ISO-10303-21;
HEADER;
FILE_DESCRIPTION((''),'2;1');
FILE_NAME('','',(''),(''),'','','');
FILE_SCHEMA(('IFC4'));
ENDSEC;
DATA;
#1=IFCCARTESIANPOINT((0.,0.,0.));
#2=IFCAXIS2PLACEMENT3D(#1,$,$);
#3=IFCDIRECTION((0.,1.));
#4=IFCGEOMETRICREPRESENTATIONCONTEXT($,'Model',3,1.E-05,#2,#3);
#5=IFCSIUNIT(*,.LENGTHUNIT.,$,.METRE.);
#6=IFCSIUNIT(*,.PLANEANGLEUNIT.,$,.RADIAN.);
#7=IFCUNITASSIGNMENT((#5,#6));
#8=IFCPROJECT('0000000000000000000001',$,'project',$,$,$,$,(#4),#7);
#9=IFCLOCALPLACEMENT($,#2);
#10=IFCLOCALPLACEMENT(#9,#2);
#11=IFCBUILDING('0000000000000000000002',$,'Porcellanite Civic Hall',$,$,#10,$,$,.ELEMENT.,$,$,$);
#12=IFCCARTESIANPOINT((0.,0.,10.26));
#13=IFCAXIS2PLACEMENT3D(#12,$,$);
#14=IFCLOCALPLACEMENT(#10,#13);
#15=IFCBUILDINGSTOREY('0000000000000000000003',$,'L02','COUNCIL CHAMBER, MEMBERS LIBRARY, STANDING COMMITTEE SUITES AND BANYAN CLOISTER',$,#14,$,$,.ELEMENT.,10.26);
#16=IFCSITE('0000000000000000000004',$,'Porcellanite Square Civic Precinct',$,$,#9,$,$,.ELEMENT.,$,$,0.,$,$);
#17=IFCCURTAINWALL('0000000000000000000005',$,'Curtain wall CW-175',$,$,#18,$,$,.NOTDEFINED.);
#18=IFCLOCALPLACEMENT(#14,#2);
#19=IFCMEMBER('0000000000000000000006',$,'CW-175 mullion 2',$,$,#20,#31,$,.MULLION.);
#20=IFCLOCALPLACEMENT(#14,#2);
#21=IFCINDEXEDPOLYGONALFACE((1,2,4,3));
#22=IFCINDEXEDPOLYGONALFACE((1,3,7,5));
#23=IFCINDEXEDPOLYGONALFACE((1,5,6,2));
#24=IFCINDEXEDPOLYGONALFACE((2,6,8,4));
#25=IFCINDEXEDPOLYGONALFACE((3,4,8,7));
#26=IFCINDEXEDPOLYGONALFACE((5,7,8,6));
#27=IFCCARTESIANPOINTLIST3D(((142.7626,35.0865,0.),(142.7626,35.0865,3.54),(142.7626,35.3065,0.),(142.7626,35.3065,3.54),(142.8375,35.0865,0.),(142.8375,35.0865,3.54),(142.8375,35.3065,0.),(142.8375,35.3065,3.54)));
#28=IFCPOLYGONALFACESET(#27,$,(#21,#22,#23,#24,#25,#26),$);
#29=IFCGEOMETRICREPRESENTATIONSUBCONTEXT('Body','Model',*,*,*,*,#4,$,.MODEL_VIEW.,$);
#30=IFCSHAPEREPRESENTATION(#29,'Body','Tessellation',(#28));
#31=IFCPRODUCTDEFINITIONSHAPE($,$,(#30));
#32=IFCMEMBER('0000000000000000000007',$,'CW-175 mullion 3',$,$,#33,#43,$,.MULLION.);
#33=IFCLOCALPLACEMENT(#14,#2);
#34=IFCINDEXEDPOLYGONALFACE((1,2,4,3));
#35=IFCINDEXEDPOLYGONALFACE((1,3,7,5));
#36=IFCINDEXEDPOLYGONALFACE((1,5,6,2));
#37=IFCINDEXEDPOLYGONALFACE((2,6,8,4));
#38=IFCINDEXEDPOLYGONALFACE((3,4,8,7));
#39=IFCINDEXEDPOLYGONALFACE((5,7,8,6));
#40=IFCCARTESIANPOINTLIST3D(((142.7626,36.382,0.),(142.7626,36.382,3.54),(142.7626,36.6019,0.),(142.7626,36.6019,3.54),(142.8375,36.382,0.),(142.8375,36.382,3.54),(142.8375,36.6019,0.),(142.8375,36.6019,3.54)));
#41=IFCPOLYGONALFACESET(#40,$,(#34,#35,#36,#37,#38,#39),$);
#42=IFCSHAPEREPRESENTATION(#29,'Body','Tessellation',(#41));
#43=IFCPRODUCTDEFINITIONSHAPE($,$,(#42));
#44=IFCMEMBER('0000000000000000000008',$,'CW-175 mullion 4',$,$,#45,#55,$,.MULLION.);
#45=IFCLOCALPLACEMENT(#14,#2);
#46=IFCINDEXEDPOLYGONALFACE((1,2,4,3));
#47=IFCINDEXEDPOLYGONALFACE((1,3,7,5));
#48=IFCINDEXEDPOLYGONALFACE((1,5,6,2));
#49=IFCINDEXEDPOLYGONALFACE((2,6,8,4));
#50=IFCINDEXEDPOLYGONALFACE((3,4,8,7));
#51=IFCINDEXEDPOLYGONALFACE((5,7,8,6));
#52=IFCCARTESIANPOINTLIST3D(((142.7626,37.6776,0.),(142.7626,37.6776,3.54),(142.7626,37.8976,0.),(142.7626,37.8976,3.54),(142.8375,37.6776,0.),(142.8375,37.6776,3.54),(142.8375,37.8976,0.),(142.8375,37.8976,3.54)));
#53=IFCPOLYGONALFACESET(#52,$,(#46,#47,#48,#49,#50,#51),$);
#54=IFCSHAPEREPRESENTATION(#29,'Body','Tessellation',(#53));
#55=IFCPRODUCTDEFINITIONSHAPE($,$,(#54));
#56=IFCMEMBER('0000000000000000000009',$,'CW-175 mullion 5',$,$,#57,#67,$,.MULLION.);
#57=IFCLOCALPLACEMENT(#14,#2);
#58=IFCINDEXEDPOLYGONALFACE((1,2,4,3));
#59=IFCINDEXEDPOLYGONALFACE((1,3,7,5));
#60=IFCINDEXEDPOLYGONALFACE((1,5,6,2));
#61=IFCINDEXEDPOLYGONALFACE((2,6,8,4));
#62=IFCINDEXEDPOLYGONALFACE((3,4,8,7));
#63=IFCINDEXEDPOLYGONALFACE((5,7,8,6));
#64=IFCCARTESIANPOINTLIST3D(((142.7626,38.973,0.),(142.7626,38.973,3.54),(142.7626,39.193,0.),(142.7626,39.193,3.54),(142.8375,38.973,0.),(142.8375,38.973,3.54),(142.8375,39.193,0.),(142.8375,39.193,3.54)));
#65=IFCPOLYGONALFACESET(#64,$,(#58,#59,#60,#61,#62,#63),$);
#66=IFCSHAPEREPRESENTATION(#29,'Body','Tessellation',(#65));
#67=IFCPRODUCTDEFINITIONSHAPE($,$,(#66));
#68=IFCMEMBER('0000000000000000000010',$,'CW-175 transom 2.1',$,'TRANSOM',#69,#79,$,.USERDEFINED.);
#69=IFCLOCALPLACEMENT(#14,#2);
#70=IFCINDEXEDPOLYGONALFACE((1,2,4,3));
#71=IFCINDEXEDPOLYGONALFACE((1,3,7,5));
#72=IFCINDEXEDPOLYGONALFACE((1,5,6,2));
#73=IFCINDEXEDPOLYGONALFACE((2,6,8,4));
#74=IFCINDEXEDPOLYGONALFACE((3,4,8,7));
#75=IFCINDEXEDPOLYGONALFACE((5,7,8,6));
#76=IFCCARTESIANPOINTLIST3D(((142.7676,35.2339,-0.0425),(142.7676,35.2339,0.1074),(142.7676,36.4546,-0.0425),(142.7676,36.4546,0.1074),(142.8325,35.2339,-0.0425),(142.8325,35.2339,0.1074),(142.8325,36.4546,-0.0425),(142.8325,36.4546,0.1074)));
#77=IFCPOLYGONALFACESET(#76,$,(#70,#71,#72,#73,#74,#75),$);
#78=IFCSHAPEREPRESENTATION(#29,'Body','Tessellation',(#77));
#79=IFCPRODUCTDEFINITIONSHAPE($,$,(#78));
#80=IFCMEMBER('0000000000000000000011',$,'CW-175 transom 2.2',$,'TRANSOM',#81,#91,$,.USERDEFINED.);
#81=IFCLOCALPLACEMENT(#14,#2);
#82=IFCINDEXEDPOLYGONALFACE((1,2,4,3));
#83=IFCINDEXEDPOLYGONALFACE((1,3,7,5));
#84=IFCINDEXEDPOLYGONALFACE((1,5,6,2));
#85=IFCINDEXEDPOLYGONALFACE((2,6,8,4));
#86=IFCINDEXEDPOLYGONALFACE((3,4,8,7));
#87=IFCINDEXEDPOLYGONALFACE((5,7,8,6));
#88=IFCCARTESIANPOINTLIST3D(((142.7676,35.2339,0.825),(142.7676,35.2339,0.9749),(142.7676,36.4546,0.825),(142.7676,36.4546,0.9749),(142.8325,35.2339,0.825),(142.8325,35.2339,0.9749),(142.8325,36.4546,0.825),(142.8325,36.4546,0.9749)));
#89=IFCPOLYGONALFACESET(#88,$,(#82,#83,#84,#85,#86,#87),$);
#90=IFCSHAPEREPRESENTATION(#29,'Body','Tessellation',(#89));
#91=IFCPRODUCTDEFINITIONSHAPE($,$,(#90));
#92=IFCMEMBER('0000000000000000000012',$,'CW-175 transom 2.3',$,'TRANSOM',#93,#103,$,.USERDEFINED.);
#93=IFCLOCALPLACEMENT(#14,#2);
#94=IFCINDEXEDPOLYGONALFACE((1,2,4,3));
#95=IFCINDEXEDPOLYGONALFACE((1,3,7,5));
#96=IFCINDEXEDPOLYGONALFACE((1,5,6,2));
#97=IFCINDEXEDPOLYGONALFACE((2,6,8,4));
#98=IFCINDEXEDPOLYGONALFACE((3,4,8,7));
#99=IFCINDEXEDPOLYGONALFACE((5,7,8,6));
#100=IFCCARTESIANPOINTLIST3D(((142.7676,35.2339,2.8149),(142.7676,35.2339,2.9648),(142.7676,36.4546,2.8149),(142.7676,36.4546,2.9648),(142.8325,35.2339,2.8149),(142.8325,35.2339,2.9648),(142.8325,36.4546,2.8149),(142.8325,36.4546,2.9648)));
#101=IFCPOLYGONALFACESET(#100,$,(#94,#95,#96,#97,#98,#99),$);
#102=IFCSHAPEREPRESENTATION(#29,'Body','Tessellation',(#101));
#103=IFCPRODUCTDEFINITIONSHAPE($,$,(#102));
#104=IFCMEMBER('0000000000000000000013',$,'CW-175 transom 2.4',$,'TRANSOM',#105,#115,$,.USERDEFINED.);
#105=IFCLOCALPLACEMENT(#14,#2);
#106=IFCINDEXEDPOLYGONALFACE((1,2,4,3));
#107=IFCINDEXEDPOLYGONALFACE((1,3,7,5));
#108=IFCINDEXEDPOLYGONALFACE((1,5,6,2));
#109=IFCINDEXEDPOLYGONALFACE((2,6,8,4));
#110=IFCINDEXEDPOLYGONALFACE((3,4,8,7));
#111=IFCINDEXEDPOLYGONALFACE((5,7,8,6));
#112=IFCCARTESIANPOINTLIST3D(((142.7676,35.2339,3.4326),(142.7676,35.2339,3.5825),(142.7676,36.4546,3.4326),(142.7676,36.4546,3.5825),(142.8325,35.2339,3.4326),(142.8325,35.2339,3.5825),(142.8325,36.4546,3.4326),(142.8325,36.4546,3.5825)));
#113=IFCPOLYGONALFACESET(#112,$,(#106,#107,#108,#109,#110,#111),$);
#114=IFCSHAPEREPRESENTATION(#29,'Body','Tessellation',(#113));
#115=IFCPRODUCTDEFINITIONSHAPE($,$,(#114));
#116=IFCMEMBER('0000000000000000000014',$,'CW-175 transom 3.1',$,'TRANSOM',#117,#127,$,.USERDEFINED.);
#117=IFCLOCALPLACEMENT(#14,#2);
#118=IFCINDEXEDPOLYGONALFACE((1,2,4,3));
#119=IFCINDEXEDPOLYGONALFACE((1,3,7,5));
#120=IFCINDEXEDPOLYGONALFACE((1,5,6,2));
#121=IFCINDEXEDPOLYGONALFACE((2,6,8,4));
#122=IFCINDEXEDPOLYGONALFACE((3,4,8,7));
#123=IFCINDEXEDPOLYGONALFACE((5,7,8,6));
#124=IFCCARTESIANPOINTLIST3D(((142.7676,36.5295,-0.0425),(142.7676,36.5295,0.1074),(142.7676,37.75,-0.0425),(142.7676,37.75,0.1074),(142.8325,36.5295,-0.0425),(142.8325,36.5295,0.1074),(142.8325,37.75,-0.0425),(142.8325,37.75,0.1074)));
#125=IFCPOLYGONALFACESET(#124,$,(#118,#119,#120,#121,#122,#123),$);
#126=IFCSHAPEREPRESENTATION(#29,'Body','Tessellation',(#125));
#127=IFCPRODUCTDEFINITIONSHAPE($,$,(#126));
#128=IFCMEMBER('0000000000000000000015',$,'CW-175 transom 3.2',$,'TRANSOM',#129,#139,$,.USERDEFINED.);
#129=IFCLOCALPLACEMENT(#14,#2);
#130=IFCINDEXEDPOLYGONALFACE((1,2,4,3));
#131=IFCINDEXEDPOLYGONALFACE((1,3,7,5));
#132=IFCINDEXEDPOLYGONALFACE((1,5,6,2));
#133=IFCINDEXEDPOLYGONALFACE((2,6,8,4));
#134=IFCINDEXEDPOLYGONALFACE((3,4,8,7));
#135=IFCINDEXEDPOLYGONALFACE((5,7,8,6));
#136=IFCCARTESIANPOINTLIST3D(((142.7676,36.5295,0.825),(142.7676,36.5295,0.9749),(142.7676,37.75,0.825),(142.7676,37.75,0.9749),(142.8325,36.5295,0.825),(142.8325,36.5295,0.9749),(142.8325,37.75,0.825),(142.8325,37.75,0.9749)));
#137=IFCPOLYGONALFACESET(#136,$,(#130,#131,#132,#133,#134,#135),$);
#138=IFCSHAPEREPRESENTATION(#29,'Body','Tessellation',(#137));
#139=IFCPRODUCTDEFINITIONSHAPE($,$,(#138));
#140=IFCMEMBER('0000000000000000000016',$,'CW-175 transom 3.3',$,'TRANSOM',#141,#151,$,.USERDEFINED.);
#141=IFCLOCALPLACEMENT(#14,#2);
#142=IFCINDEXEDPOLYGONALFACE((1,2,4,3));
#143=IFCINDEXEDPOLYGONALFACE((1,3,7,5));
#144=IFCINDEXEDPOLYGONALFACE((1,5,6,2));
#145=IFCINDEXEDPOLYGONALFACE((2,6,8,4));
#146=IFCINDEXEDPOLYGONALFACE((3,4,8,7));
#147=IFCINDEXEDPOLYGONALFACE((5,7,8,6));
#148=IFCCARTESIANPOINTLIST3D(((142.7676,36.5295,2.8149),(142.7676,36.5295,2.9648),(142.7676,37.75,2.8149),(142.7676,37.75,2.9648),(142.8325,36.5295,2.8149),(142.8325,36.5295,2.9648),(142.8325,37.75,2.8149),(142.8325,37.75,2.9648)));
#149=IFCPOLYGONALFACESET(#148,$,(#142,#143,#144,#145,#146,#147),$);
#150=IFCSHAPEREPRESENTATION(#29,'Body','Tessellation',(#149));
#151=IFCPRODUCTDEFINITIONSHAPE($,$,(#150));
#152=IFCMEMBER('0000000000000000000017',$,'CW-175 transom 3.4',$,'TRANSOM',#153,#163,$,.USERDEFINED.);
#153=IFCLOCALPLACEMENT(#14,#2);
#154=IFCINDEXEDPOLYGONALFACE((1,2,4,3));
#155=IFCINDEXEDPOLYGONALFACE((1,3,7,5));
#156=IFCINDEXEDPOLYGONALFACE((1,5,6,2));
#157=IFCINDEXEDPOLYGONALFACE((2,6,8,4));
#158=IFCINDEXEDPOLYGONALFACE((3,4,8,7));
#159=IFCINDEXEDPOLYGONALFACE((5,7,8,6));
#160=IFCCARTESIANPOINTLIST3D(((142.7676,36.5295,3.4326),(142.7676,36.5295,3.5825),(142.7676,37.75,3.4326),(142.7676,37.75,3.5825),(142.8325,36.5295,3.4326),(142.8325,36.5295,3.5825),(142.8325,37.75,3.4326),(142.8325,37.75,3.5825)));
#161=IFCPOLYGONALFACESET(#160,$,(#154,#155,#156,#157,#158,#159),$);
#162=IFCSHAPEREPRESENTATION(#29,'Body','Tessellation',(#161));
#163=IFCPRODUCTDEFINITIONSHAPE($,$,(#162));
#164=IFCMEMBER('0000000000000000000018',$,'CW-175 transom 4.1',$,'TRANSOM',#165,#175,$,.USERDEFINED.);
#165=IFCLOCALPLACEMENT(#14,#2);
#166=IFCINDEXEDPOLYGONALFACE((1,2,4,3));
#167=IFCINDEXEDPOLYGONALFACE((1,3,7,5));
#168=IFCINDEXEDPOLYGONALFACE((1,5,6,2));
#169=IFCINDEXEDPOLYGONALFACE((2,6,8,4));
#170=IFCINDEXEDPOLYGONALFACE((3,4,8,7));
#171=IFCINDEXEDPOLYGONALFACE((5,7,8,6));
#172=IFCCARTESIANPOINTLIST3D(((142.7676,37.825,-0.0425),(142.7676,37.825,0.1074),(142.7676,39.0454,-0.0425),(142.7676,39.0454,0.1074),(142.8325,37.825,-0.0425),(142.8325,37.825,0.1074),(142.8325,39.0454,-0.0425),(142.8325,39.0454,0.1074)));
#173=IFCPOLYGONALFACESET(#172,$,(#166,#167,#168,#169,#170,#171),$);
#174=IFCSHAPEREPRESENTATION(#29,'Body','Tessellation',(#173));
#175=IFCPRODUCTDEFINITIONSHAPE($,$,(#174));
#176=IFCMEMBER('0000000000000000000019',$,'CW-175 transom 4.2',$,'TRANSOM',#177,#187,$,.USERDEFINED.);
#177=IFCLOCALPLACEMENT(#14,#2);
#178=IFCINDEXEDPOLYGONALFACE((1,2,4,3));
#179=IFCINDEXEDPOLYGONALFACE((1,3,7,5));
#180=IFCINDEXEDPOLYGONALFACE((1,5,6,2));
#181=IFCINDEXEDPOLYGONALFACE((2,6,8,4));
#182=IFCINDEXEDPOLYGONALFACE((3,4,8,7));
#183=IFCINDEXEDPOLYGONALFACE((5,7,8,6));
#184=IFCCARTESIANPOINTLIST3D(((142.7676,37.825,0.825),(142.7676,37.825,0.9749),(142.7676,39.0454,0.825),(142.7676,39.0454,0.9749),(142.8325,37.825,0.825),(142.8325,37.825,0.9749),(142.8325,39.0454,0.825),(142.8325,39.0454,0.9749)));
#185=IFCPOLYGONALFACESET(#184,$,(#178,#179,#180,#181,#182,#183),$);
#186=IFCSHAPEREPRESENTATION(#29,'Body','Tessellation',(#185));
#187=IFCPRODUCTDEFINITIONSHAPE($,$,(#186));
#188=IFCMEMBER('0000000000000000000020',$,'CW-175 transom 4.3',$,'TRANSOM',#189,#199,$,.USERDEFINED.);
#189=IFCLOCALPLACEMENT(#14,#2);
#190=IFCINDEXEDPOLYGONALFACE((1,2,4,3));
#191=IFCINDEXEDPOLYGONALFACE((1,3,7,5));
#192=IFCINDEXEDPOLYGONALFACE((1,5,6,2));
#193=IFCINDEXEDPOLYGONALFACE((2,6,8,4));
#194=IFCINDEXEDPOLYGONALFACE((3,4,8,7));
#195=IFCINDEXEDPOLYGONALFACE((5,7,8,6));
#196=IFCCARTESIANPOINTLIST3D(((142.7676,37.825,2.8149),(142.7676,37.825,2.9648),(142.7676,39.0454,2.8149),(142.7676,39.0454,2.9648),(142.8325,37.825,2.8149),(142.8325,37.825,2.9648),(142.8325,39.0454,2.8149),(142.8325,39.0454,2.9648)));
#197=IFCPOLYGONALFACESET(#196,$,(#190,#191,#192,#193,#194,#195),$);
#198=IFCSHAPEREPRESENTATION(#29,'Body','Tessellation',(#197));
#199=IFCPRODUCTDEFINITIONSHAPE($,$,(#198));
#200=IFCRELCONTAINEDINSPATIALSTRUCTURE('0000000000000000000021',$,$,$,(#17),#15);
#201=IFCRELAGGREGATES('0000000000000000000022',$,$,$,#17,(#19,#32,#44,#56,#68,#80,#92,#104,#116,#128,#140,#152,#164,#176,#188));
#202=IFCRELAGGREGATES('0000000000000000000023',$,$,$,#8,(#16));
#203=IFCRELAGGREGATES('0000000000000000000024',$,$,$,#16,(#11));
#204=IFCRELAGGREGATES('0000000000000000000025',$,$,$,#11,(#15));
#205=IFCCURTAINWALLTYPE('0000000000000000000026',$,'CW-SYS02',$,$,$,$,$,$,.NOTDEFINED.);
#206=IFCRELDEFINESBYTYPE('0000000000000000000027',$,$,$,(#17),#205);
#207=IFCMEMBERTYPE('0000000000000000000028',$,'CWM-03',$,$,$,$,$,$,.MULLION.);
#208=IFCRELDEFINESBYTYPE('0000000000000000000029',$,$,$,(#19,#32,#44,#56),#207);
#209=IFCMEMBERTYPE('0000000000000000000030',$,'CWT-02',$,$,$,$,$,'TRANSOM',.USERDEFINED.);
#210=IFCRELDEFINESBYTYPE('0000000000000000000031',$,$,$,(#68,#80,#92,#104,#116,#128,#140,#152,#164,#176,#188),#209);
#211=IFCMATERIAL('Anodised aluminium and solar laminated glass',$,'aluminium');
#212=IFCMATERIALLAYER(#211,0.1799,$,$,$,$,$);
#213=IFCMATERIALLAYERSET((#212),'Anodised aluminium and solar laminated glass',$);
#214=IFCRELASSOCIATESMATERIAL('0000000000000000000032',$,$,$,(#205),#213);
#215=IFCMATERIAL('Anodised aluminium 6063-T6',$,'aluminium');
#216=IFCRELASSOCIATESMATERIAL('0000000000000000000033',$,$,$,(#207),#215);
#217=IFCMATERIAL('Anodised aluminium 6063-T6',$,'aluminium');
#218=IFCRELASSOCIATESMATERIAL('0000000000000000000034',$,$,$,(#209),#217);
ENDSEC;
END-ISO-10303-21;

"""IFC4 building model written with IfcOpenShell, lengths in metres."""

from ifc_helpers import new_model, si_unit, direction, frame, origin, origin_2d, place, context, subcontext, project, spatial, rectangle, extrude, material, layer, layer_set, material_profile, profile_set, type_object, element, aggregate, save


model = new_model("IFC4")

# Units and contexts
model_context = context("Model", 3, precision=1e-05, world=origin(), true_north=direction((0.0, 1.0)))
body_context = subcontext(model_context, "Body", "Model", "MODEL_VIEW")
ifc_project = project(units=[si_unit("LENGTHUNIT", "METRE"), si_unit("PLANEANGLEUNIT", "RADIAN")], contexts=[model_context])

# Site, building, storey
site_placement = place(None, origin())
site = spatial("IfcSite", under=ifc_project, at=site_placement, Name="Porcellanite Square Civic Precinct", CompositionType="ELEMENT", RefElevation=0.0)
building_placement = place(site_placement, origin())
building = spatial("IfcBuilding", under=site, at=building_placement, Name="Porcellanite Civic Hall", CompositionType="ELEMENT")
storey_placement = place(building_placement, frame((0.0, 0.0, 10.26)))
storey = spatial("IfcBuildingStorey", under=building, at=storey_placement, Name="L02", Description="COUNCIL CHAMBER, MEMBERS LIBRARY, STANDING COMMITTEE SUITES AND BANYAN CLOISTER", CompositionType="ELEMENT", Elevation=10.26)

# Curtain wall, members
ifc_material_1 = material(Name="Anodised aluminium and solar laminated glass", Category="aluminium")
ifc_layer_1 = layer(ifc_material_1, 0.1799)
ifc_layer_set_1 = layer_set([ifc_layer_1], Name="Anodised aluminium and solar laminated glass")
curtain_wall_type = type_object("IfcCurtainWallType", Name="CW-SYS02", PredefinedType="NOTDEFINED", material=ifc_layer_set_1)
curtain_wall_placement = place(storey_placement, origin())
curtain_wall = element("IfcCurtainWall", 1, at=curtain_wall_placement, inside=storey, type_object=curtain_wall_type, Name="Curtain wall CW-175", PredefinedType="NOTDEFINED")
ifc_material_2 = material(Name="Anodised aluminium 6063-T6", Category="aluminium")
ifc_material_profile_1 = material_profile(ifc_material_2, rectangle(XDim=0.075, YDim=0.22, at=origin_2d()), Name="AL-75x220")
ifc_profile_set_1 = profile_set([ifc_material_profile_1], Name="Anodised aluminium 6063-T6")
member_type_1 = type_object("IfcMemberType", Name="CWM-03", PredefinedType="MULLION", material=ifc_profile_set_1)
member_1_placement = place(storey_placement, frame((142.8, 35.1965, 0.0), z_axis=(0.0, 0.0, 1.0), x_axis=(-1.0, 0.0, 0.0)))
member_1 = element("IfcMember", 2, at=member_1_placement, type_object=member_type_1, Name="CW-175 mullion 2", PredefinedType="MULLION", context=body_context, shape_type="SweptSolid", body=[
    extrude(rectangle(XDim=0.075, YDim=0.22, at=origin_2d()), origin(), (0.0, 0.0, 1.0), 3.54),
])
member_2_placement = place(storey_placement, frame((142.8, 36.4919, 0.0), z_axis=(0.0, 0.0, 1.0), x_axis=(-1.0, 0.0, 0.0)))
member_2 = element("IfcMember", 3, at=member_2_placement, type_object=member_type_1, Name="CW-175 mullion 3", PredefinedType="MULLION", context=body_context, shape_type="SweptSolid", body=[
    extrude(rectangle(XDim=0.075, YDim=0.22, at=origin_2d()), origin(), (0.0, 0.0, 1.0), 3.54),
])
member_3_placement = place(storey_placement, frame((142.8, 37.7876, 0.0), z_axis=(0.0, 0.0, 1.0), x_axis=(-1.0, 0.0, 0.0)))
member_3 = element("IfcMember", 4, at=member_3_placement, type_object=member_type_1, Name="CW-175 mullion 4", PredefinedType="MULLION", context=body_context, shape_type="SweptSolid", body=[
    extrude(rectangle(XDim=0.075, YDim=0.22, at=origin_2d()), origin(), (0.0, 0.0, 1.0), 3.54),
])
member_4_placement = place(storey_placement, frame((142.8, 39.083, 0.0), z_axis=(0.0, 0.0, 1.0), x_axis=(-1.0, 0.0, 0.0)))
member_4 = element("IfcMember", 5, at=member_4_placement, type_object=member_type_1, Name="CW-175 mullion 5", PredefinedType="MULLION", context=body_context, shape_type="SweptSolid", body=[
    extrude(rectangle(XDim=0.075, YDim=0.22, at=origin_2d()), origin(), (0.0, 0.0, 1.0), 3.54),
])
ifc_material_3 = material(Name="Anodised aluminium 6063-T6", Category="aluminium")
ifc_material_profile_2 = material_profile(ifc_material_3, rectangle(XDim=0.0649, YDim=0.1499, at=origin_2d()), Name="AL-65x150")
ifc_profile_set_2 = profile_set([ifc_material_profile_2], Name="Anodised aluminium 6063-T6")
member_type_2 = type_object("IfcMemberType", Name="CWT-02", ElementType="TRANSOM", PredefinedType="USERDEFINED", material=ifc_profile_set_2)
member_5_placement = place(storey_placement, frame((142.8, 35.2339, 0.0325), z_axis=(0.0, 1.0, 0.0), x_axis=(-1.0, 0.0, 0.0)))
member_5 = element("IfcMember", 6, at=member_5_placement, type_object=member_type_2, Name="CW-175 transom 2.1", ObjectType="TRANSOM", PredefinedType="USERDEFINED", context=body_context, shape_type="SweptSolid", body=[
    extrude(rectangle(XDim=0.0649, YDim=0.1499, at=origin_2d()), origin(), (0.0, 0.0, 1.0), 1.2207),
])
member_6_placement = place(storey_placement, frame((142.8, 35.2339, 0.8999), z_axis=(0.0, 1.0, 0.0), x_axis=(-1.0, 0.0, 0.0)))
member_6 = element("IfcMember", 7, at=member_6_placement, type_object=member_type_2, Name="CW-175 transom 2.2", ObjectType="TRANSOM", PredefinedType="USERDEFINED", context=body_context, shape_type="SweptSolid", body=[
    extrude(rectangle(XDim=0.0649, YDim=0.1499, at=origin_2d()), origin(), (0.0, 0.0, 1.0), 1.2207),
])
member_7_placement = place(storey_placement, frame((142.8, 35.2339, 2.8899), z_axis=(0.0, 1.0, 0.0), x_axis=(-1.0, 0.0, 0.0)))
member_7 = element("IfcMember", 8, at=member_7_placement, type_object=member_type_2, Name="CW-175 transom 2.3", ObjectType="TRANSOM", PredefinedType="USERDEFINED", context=body_context, shape_type="SweptSolid", body=[
    extrude(rectangle(XDim=0.0649, YDim=0.1499, at=origin_2d()), origin(), (0.0, 0.0, 1.0), 1.2207),
])
member_8_placement = place(storey_placement, frame((142.8, 35.2339, 3.5076), z_axis=(0.0, 1.0, 0.0), x_axis=(-1.0, 0.0, 0.0)))
member_8 = element("IfcMember", 9, at=member_8_placement, type_object=member_type_2, Name="CW-175 transom 2.4", ObjectType="TRANSOM", PredefinedType="USERDEFINED", context=body_context, shape_type="SweptSolid", body=[
    extrude(rectangle(XDim=0.0649, YDim=0.1499, at=origin_2d()), origin(), (0.0, 0.0, 1.0), 1.2207),
])
member_9_placement = place(storey_placement, frame((142.8, 36.5295, 0.0325), z_axis=(0.0, 1.0, 0.0), x_axis=(-1.0, 0.0, 0.0)))
member_9 = element("IfcMember", 10, at=member_9_placement, type_object=member_type_2, Name="CW-175 transom 3.1", ObjectType="TRANSOM", PredefinedType="USERDEFINED", context=body_context, shape_type="SweptSolid", body=[
    extrude(rectangle(XDim=0.0649, YDim=0.1499, at=origin_2d()), origin(), (0.0, 0.0, 1.0), 1.2205),
])
member_10_placement = place(storey_placement, frame((142.8, 36.5295, 0.8999), z_axis=(0.0, 1.0, 0.0), x_axis=(-1.0, 0.0, 0.0)))
member_10 = element("IfcMember", 11, at=member_10_placement, type_object=member_type_2, Name="CW-175 transom 3.2", ObjectType="TRANSOM", PredefinedType="USERDEFINED", context=body_context, shape_type="SweptSolid", body=[
    extrude(rectangle(XDim=0.0649, YDim=0.1499, at=origin_2d()), origin(), (0.0, 0.0, 1.0), 1.2205),
])
member_11_placement = place(storey_placement, frame((142.8, 36.5295, 2.8899), z_axis=(0.0, 1.0, 0.0), x_axis=(-1.0, 0.0, 0.0)))
member_11 = element("IfcMember", 12, at=member_11_placement, type_object=member_type_2, Name="CW-175 transom 3.3", ObjectType="TRANSOM", PredefinedType="USERDEFINED", context=body_context, shape_type="SweptSolid", body=[
    extrude(rectangle(XDim=0.0649, YDim=0.1499, at=origin_2d()), origin(), (0.0, 0.0, 1.0), 1.2205),
])
member_12_placement = place(storey_placement, frame((142.8, 36.5295, 3.5076), z_axis=(0.0, 1.0, 0.0), x_axis=(-1.0, 0.0, 0.0)))
member_12 = element("IfcMember", 13, at=member_12_placement, type_object=member_type_2, Name="CW-175 transom 3.4", ObjectType="TRANSOM", PredefinedType="USERDEFINED", context=body_context, shape_type="SweptSolid", body=[
    extrude(rectangle(XDim=0.0649, YDim=0.1499, at=origin_2d()), origin(), (0.0, 0.0, 1.0), 1.2205),
])
member_13_placement = place(storey_placement, frame((142.8, 37.825, 0.0325), z_axis=(0.0, 1.0, 0.0), x_axis=(-1.0, 0.0, 0.0)))
member_13 = element("IfcMember", 14, at=member_13_placement, type_object=member_type_2, Name="CW-175 transom 4.1", ObjectType="TRANSOM", PredefinedType="USERDEFINED", context=body_context, shape_type="SweptSolid", body=[
    extrude(rectangle(XDim=0.0649, YDim=0.1499, at=origin_2d()), origin(), (0.0, 0.0, 1.0), 1.2205),
])
member_14_placement = place(storey_placement, frame((142.8, 37.825, 0.8999), z_axis=(0.0, 1.0, 0.0), x_axis=(-1.0, 0.0, 0.0)))
member_14 = element("IfcMember", 15, at=member_14_placement, type_object=member_type_2, Name="CW-175 transom 4.2", ObjectType="TRANSOM", PredefinedType="USERDEFINED", context=body_context, shape_type="SweptSolid", body=[
    extrude(rectangle(XDim=0.0649, YDim=0.1499, at=origin_2d()), origin(), (0.0, 0.0, 1.0), 1.2205),
])
member_15_placement = place(storey_placement, frame((142.8, 37.825, 2.8899), z_axis=(0.0, 1.0, 0.0), x_axis=(-1.0, 0.0, 0.0)))
member_15 = element("IfcMember", 16, at=member_15_placement, type_object=member_type_2, Name="CW-175 transom 4.3", ObjectType="TRANSOM", PredefinedType="USERDEFINED", context=body_context, shape_type="SweptSolid", body=[
    extrude(rectangle(XDim=0.0649, YDim=0.1499, at=origin_2d()), origin(), (0.0, 0.0, 1.0), 1.2205),
])
aggregate(curtain_wall, [member_1, member_2, member_3, member_4, member_5, member_6, member_7, member_8, member_9, member_10, member_11, member_12, member_13, member_14, member_15])

save(model, "model.ifc")
